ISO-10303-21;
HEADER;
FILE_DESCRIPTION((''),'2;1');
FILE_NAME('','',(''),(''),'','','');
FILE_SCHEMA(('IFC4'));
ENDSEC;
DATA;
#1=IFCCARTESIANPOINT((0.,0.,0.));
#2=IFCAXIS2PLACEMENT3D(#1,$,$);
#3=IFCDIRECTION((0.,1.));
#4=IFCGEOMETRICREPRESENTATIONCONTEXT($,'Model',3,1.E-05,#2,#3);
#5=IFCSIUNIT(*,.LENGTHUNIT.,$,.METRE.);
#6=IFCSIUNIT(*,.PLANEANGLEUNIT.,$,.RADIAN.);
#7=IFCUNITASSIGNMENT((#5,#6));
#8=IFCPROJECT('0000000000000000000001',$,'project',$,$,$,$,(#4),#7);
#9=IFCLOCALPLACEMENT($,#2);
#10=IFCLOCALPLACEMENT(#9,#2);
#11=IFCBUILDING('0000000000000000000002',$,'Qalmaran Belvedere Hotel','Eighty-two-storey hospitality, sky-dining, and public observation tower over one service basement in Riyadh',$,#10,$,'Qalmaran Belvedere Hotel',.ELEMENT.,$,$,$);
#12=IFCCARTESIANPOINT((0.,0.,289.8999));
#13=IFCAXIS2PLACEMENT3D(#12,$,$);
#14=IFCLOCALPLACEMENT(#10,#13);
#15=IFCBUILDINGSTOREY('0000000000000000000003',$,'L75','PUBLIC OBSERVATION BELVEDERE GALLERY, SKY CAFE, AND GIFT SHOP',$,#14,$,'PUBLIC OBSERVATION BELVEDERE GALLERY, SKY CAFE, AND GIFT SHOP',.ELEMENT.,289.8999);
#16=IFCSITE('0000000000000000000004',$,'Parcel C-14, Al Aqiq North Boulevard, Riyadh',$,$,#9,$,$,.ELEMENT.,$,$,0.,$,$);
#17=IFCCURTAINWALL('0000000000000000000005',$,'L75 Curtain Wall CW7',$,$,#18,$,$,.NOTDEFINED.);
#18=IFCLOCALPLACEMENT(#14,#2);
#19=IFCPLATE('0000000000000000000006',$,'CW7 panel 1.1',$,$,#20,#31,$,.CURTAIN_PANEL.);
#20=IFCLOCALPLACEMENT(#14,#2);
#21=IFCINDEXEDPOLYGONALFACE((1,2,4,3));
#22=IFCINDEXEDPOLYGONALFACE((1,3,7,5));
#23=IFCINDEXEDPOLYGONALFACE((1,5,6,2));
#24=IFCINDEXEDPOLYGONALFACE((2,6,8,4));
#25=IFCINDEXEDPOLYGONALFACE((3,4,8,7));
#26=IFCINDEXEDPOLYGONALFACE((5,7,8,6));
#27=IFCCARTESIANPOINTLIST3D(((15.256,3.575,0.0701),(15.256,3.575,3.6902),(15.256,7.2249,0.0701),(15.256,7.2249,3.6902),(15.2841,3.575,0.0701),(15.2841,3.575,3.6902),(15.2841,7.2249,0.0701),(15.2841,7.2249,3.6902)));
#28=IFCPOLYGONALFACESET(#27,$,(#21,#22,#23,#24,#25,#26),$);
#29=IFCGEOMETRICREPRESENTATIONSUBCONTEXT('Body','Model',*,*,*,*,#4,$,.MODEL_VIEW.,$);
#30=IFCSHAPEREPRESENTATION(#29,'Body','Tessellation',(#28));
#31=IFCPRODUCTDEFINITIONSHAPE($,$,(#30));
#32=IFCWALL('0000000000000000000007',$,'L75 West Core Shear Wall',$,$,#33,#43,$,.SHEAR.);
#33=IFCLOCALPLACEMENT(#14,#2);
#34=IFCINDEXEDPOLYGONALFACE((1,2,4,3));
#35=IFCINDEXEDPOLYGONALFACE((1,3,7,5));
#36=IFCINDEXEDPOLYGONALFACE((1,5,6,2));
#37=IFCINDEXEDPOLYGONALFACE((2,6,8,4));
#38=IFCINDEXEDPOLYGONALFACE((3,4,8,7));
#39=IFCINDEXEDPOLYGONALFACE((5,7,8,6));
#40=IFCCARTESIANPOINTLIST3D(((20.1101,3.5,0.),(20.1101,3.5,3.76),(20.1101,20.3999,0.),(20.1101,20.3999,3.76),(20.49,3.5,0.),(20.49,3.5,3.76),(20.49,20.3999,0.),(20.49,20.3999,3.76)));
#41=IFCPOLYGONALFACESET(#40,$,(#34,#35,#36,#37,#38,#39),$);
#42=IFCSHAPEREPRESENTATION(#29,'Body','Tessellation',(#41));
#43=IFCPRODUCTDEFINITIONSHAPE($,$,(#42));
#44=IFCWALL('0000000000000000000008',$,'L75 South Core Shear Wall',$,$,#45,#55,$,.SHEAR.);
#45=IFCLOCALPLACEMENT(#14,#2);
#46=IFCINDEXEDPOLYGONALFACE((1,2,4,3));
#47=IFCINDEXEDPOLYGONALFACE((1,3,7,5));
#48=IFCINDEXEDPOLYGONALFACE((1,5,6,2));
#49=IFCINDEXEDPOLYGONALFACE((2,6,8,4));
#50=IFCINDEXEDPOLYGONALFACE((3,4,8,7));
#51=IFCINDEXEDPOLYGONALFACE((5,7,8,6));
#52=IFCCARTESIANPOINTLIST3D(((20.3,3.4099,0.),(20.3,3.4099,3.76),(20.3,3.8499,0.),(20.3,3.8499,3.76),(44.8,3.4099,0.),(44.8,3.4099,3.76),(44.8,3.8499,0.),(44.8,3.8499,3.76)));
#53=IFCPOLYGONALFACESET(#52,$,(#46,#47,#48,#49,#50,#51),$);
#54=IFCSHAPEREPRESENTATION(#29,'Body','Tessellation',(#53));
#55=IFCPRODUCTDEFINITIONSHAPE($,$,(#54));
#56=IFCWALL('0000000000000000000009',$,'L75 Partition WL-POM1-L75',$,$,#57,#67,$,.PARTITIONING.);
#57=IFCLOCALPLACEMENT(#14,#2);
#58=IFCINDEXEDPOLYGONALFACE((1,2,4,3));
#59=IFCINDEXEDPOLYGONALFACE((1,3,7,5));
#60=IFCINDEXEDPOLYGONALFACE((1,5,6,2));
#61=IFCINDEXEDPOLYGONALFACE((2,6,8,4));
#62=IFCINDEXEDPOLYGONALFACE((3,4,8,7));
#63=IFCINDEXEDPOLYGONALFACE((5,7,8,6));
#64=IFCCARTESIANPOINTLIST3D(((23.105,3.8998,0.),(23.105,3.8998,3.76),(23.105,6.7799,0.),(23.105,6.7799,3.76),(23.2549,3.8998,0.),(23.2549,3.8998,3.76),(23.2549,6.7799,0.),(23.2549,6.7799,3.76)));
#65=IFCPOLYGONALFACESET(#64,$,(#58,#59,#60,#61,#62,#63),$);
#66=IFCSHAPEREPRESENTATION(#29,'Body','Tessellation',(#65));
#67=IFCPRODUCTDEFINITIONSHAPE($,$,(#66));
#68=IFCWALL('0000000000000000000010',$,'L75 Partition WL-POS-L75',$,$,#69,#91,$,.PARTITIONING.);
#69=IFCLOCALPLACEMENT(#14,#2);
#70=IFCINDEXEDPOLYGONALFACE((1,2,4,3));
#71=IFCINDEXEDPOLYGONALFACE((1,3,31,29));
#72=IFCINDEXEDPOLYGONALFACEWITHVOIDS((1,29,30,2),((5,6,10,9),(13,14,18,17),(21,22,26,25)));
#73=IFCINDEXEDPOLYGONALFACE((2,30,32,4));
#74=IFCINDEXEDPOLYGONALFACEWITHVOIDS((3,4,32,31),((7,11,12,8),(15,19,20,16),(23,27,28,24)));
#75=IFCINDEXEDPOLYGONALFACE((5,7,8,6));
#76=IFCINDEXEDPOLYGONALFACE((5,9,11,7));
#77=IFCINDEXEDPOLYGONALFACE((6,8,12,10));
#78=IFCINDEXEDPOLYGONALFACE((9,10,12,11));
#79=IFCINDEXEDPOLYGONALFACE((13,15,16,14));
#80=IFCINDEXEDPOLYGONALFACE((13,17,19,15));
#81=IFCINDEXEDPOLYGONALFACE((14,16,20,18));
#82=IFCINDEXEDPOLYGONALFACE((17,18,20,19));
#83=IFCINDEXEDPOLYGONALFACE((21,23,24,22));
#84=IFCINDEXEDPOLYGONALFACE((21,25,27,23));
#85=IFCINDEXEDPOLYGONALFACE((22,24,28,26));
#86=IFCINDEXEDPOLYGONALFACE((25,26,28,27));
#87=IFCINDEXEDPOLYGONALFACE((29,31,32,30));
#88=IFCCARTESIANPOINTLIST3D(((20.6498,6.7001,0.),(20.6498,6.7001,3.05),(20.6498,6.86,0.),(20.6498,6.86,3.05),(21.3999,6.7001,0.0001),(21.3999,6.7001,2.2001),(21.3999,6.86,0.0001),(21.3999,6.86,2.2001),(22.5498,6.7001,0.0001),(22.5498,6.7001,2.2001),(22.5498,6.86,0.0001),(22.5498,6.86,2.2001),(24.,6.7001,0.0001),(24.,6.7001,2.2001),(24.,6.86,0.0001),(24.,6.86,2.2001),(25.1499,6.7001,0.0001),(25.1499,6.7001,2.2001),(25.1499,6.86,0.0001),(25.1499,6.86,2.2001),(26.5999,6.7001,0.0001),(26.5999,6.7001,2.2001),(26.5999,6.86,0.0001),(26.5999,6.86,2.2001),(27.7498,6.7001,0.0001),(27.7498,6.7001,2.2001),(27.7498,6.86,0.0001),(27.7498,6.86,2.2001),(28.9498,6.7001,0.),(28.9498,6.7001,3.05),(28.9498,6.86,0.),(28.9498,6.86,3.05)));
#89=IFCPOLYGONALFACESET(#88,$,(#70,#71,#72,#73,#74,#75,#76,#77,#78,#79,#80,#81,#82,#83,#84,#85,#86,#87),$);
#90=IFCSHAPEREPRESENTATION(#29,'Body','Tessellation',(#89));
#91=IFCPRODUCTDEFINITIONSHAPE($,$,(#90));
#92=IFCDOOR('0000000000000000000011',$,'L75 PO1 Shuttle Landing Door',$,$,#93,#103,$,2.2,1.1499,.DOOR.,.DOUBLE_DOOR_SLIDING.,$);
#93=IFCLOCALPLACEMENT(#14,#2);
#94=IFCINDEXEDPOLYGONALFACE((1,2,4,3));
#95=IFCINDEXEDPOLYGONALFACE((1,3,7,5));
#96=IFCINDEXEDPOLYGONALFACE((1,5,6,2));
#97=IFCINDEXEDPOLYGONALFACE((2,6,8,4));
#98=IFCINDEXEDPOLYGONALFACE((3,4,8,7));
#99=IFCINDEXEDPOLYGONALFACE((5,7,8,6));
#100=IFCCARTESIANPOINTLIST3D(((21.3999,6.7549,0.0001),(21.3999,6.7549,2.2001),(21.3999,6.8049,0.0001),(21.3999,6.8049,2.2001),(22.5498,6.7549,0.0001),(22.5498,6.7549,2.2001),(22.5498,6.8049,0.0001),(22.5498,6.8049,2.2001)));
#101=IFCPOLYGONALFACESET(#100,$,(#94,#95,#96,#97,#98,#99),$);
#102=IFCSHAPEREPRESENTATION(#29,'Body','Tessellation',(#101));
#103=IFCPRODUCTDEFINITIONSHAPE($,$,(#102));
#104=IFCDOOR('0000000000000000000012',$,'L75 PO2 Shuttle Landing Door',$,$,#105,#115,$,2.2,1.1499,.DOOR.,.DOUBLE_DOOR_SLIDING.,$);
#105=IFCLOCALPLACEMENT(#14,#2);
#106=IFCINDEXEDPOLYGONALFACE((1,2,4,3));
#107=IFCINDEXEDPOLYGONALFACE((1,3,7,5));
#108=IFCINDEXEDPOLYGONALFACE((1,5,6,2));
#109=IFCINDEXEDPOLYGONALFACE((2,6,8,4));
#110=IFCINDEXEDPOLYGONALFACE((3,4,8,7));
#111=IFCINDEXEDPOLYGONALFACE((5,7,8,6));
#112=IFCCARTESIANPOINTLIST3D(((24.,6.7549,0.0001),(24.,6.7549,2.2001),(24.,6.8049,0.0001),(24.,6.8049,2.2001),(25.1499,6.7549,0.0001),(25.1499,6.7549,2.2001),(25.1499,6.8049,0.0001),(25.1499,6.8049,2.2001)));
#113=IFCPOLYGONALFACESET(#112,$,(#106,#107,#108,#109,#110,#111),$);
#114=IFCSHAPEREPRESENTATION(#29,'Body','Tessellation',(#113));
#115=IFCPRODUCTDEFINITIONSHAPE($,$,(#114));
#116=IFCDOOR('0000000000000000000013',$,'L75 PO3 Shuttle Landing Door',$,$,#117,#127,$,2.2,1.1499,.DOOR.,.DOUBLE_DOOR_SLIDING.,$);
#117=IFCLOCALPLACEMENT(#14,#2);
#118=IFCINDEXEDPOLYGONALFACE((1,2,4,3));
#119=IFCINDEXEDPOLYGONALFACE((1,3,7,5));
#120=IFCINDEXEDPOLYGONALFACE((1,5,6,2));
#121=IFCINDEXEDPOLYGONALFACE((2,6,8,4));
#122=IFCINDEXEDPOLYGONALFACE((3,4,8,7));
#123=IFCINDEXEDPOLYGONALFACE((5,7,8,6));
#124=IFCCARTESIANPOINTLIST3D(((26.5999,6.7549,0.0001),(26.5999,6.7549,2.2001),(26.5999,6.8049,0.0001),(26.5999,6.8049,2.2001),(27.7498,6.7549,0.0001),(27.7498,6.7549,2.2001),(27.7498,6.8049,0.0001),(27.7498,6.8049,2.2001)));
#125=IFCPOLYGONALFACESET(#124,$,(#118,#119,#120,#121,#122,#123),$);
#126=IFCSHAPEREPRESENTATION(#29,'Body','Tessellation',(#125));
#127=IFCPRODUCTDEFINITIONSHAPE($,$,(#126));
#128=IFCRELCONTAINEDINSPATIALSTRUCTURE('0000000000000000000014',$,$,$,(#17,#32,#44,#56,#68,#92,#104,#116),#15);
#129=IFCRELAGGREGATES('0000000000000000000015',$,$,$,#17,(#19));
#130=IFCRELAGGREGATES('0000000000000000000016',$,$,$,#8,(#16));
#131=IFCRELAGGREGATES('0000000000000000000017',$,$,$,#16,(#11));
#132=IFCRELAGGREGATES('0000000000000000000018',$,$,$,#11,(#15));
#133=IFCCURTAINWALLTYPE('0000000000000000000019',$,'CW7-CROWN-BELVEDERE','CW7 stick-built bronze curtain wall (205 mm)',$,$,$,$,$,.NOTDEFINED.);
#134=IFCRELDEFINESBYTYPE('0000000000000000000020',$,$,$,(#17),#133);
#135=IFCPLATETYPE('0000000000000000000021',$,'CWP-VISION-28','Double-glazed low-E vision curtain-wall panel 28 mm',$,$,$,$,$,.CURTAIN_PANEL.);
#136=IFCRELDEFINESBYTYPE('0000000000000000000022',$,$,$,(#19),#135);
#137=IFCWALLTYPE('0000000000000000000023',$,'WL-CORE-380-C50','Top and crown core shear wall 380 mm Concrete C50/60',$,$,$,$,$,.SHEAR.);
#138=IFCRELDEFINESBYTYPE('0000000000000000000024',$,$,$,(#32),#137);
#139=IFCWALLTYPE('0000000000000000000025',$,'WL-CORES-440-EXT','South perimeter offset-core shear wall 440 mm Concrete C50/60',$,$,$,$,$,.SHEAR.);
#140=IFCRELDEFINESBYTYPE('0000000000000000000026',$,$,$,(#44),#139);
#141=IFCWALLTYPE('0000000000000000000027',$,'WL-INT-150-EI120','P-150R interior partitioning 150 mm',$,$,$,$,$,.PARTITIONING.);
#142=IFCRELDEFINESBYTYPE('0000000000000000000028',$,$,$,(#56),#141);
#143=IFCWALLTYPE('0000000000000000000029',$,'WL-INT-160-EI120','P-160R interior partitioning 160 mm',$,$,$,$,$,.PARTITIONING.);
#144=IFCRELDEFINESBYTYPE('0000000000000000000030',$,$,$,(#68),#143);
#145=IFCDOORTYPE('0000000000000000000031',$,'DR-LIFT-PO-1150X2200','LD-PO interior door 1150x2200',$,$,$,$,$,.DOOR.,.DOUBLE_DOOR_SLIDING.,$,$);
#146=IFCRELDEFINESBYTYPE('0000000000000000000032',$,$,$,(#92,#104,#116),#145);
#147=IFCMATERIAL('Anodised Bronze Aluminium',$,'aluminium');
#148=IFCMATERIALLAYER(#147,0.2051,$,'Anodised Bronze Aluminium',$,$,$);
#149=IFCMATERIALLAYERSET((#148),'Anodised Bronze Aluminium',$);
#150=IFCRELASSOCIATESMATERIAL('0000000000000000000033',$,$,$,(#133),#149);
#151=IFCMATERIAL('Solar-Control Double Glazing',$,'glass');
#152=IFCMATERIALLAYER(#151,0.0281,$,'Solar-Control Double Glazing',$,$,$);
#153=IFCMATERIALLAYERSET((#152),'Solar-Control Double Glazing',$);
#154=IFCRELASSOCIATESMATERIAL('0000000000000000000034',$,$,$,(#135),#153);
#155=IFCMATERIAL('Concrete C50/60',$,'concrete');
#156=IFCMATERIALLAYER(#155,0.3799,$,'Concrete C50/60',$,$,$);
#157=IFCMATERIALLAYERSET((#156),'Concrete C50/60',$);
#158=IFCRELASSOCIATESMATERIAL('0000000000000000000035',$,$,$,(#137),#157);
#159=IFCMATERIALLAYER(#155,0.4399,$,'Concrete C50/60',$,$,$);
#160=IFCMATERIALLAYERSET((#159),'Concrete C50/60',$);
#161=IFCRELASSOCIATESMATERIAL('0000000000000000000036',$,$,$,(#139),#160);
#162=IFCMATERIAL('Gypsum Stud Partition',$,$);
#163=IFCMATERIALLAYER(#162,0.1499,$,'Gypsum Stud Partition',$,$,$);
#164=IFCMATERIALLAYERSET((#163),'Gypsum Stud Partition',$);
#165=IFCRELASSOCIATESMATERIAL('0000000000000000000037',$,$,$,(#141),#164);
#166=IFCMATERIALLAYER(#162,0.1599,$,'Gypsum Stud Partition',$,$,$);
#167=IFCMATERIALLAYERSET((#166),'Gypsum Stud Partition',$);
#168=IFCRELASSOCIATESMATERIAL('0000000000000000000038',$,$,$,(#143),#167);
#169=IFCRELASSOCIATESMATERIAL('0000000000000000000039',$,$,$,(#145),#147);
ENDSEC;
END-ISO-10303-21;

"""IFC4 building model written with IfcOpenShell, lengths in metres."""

from ifc_helpers import new_model, si_unit, direction, frame, frame_2d, origin, origin_2d, place, context, subcontext, project, spatial, rectangle, extrude, material, layer, layer_set, type_object, element, fill, aggregate, save


model = new_model("IFC4")

# Units and contexts
model_context = context("Model", 3, precision=1e-05, world=origin(), true_north=direction((0.0, 1.0)))
body_context = subcontext(model_context, "Body", "Model", "MODEL_VIEW")
ifc_project = project(units=[si_unit("LENGTHUNIT", "METRE"), si_unit("PLANEANGLEUNIT", "RADIAN")], contexts=[model_context])

# Site, building, storey
site_placement = place(None, origin())
site = spatial("IfcSite", under=ifc_project, at=site_placement, Name="Parcel C-14, Al Aqiq North Boulevard, Riyadh", CompositionType="ELEMENT", RefElevation=0.0)
building_placement = place(site_placement, origin())
building = spatial("IfcBuilding", under=site, at=building_placement, Name="Qalmaran Belvedere Hotel", Description="Eighty-two-storey hospitality, sky-dining, and public observation tower over one service basement in Riyadh", LongName="Qalmaran Belvedere Hotel", CompositionType="ELEMENT")
storey_placement = place(building_placement, frame((0.0, 0.0, 289.8999)))
storey = spatial("IfcBuildingStorey", under=building, at=storey_placement, Name="L75", Description="PUBLIC OBSERVATION BELVEDERE GALLERY, SKY CAFE, AND GIFT SHOP", LongName="PUBLIC OBSERVATION BELVEDERE GALLERY, SKY CAFE, AND GIFT SHOP", CompositionType="ELEMENT", Elevation=289.8999)

# Shared definitions
ifc_material_1 = material(Name="Concrete C50/60", Category="concrete")

# Curtain wall
ifc_material_2 = material(Name="Anodised Bronze Aluminium", Category="aluminium")
ifc_layer_1 = layer(ifc_material_2, 0.2051, Name="Anodised Bronze Aluminium")
ifc_layer_set_1 = layer_set([ifc_layer_1], Name="Anodised Bronze Aluminium")
curtain_wall_type = type_object("IfcCurtainWallType", Name="CW7-CROWN-BELVEDERE", Description="CW7 stick-built bronze curtain wall (205 mm)", PredefinedType="NOTDEFINED", material=ifc_layer_set_1)
curtain_wall_1_placement = place(storey_placement, origin())
curtain_wall_1 = element("IfcCurtainWall", 1, at=curtain_wall_1_placement, inside=storey, type_object=curtain_wall_type, Name="L75 Curtain Wall CW7", PredefinedType="NOTDEFINED")

# Plate
ifc_material_3 = material(Name="Solar-Control Double Glazing", Category="glass")
ifc_layer_2 = layer(ifc_material_3, 0.0281, Name="Solar-Control Double Glazing")
ifc_layer_set_2 = layer_set([ifc_layer_2], Name="Solar-Control Double Glazing")
plate_type_1 = type_object("IfcPlateType", Name="CWP-VISION-28", Description="Double-glazed low-E vision curtain-wall panel 28 mm", PredefinedType="CURTAIN_PANEL", material=ifc_layer_set_2)
plate_1_placement = place(storey_placement, frame((15.27, 5.3999, 0.0701), z_axis=(0.0, 0.0, 1.0), x_axis=(0.0, -1.0, 0.0)))
plate_1 = element("IfcPlate", 2, at=plate_1_placement, type_object=plate_type_1, Name="CW7 panel 1.1", PredefinedType="CURTAIN_PANEL", context=body_context, shape_type="SweptSolid", body=[
    extrude(rectangle(XDim=3.6499, YDim=0.0281, at=origin_2d()), origin(), (0.0, 0.0, 1.0), 3.6201),
])
aggregate(curtain_wall_1, [plate_1])

# Walls
ifc_layer_3 = layer(ifc_material_1, 0.3799, Name="Concrete C50/60")
ifc_layer_set_3 = layer_set([ifc_layer_3], Name="Concrete C50/60")
wall_type_1 = type_object("IfcWallType", Name="WL-CORE-380-C50", Description="Top and crown core shear wall 380 mm Concrete C50/60", PredefinedType="SHEAR", material=ifc_layer_set_3)
wall_1_placement = place(storey_placement, frame((20.3, 3.5, 0.0), z_axis=(0.0, 0.0, 1.0), x_axis=(0.0, 1.0, 0.0)))
element("IfcWall", 3, at=wall_1_placement, inside=storey, type_object=wall_type_1, Name="L75 West Core Shear Wall", PredefinedType="SHEAR", context=body_context, shape_type="SweptSolid", body=[
    extrude(rectangle(XDim=16.8999, YDim=0.3799, at=frame_2d((8.45, 0.0))), origin(), (0.0, 0.0, 1.0), 3.76),
])
ifc_layer_4 = layer(ifc_material_1, 0.4399, Name="Concrete C50/60")
ifc_layer_set_4 = layer_set([ifc_layer_4], Name="Concrete C50/60")
wall_type_2 = type_object("IfcWallType", Name="WL-CORES-440-EXT", Description="South perimeter offset-core shear wall 440 mm Concrete C50/60", PredefinedType="SHEAR", material=ifc_layer_set_4)
wall_2_placement = place(storey_placement, frame((20.3, 3.6299, 0.0), z_axis=(0.0, 0.0, 1.0), x_axis=(1.0, 0.0, 0.0)))
element("IfcWall", 4, at=wall_2_placement, inside=storey, type_object=wall_type_2, Name="L75 South Core Shear Wall", PredefinedType="SHEAR", context=body_context, shape_type="SweptSolid", body=[
    extrude(rectangle(XDim=24.5, YDim=0.4399, at=frame_2d((12.25, 0.0))), origin(), (0.0, 0.0, 1.0), 3.76),
])
ifc_material_4 = material(Name="Gypsum Stud Partition")
ifc_layer_5 = layer(ifc_material_4, 0.1499, Name="Gypsum Stud Partition")
ifc_layer_set_5 = layer_set([ifc_layer_5], Name="Gypsum Stud Partition")
wall_type_3 = type_object("IfcWallType", Name="WL-INT-150-EI120", Description="P-150R interior partitioning 150 mm", PredefinedType="PARTITIONING", material=ifc_layer_set_5)
wall_3_placement = place(storey_placement, frame((23.1799, 3.8999, 0.0), z_axis=(0.0, 0.0, 1.0), x_axis=(0.0, 1.0, 0.0)))
element("IfcWall", 5, at=wall_3_placement, inside=storey, type_object=wall_type_3, Name="L75 Partition WL-POM1-L75", PredefinedType="PARTITIONING", context=body_context, shape_type="SweptSolid", body=[
    extrude(rectangle(XDim=2.8801, YDim=0.1499, at=frame_2d((1.4399, 0.0))), origin(), (0.0, 0.0, 1.0), 3.76),
])

# Wall, openings, doors
ifc_layer_6 = layer(ifc_material_4, 0.1599, Name="Gypsum Stud Partition")
ifc_layer_set_6 = layer_set([ifc_layer_6], Name="Gypsum Stud Partition")
wall_type_4 = type_object("IfcWallType", Name="WL-INT-160-EI120", Description="P-160R interior partitioning 160 mm", PredefinedType="PARTITIONING", material=ifc_layer_set_6)
wall_4_placement = place(storey_placement, frame((20.6499, 6.78, 0.0), z_axis=(0.0, 0.0, 1.0), x_axis=(1.0, 0.0, 0.0)))
wall_4 = element("IfcWall", 6, at=wall_4_placement, inside=storey, type_object=wall_type_4, Name="L75 Partition WL-POS-L75", PredefinedType="PARTITIONING", context=body_context, shape_type="SweptSolid", body=[
    extrude(rectangle(XDim=8.3, YDim=0.1599, at=frame_2d((4.1499, 0.0))), origin(), (0.0, 0.0, 1.0), 3.05),
])
opening_1_placement = place(wall_4_placement, frame((0.75, 0.0, 0.0)))
opening_1 = element("IfcOpeningElement", 7, at=opening_1_placement, cuts=wall_4, PredefinedType="OPENING", context=body_context, shape_type="SweptSolid", body=[
    extrude(rectangle(XDim=1.1499, YDim=2.2, at=frame_2d((0.575, 1.1001))), frame((0.0, 0.0898, 0.0), z_axis=(0.0, -1.0, 0.0), x_axis=(1.0, 0.0, 0.0)), (0.0, 0.0, 1.0), 0.1799),
])
opening_2_placement = place(wall_4_placement, frame((3.3501, 0.0, 0.0)))
opening_2 = element("IfcOpeningElement", 8, at=opening_2_placement, cuts=wall_4, PredefinedType="OPENING", context=body_context, shape_type="SweptSolid", body=[
    extrude(rectangle(XDim=1.1499, YDim=2.2, at=frame_2d((0.575, 1.1001))), frame((0.0, 0.0898, 0.0), z_axis=(0.0, -1.0, 0.0), x_axis=(1.0, 0.0, 0.0)), (0.0, 0.0, 1.0), 0.1799),
])
opening_3_placement = place(wall_4_placement, frame((5.95, 0.0, 0.0)))
opening_3 = element("IfcOpeningElement", 9, at=opening_3_placement, cuts=wall_4, PredefinedType="OPENING", context=body_context, shape_type="SweptSolid", body=[
    extrude(rectangle(XDim=1.1499, YDim=2.2, at=frame_2d((0.575, 1.1001))), frame((0.0, 0.0898, 0.0), z_axis=(0.0, -1.0, 0.0), x_axis=(1.0, 0.0, 0.0)), (0.0, 0.0, 1.0), 0.1799),
])
door_type = type_object("IfcDoorType", Name="DR-LIFT-PO-1150X2200", Description="LD-PO interior door 1150x2200", OperationType="DOUBLE_DOOR_SLIDING", PredefinedType="DOOR", material=ifc_material_2)
door_1_placement = place(opening_1_placement, origin())
door_1 = element("IfcDoor", 10, at=door_1_placement, inside=storey, type_object=door_type, Name="L75 PO1 Shuttle Landing Door", OperationType="DOUBLE_DOOR_SLIDING", OverallHeight=2.2, OverallWidth=1.1499, PredefinedType="DOOR", context=body_context, shape_type="SweptSolid", body=[
    extrude(rectangle(XDim=1.1499, YDim=2.2, at=frame_2d((0.575, 1.1001))), frame((0.0, 0.0249, 0.0), z_axis=(0.0, -1.0, 0.0), x_axis=(1.0, 0.0, 0.0)), (0.0, 0.0, 1.0), 0.05),
])
fill(opening_1, door_1)
door_2_placement = place(opening_2_placement, origin())
door_2 = element("IfcDoor", 11, at=door_2_placement, inside=storey, type_object=door_type, Name="L75 PO2 Shuttle Landing Door", OperationType="DOUBLE_DOOR_SLIDING", OverallHeight=2.2, OverallWidth=1.1499, PredefinedType="DOOR", context=body_context, shape_type="SweptSolid", body=[
    extrude(rectangle(XDim=1.1499, YDim=2.2, at=frame_2d((0.575, 1.1001))), frame((0.0, 0.0249, 0.0), z_axis=(0.0, -1.0, 0.0), x_axis=(1.0, 0.0, 0.0)), (0.0, 0.0, 1.0), 0.05),
])
fill(opening_2, door_2)
door_3_placement = place(opening_3_placement, origin())
door_3 = element("IfcDoor", 12, at=door_3_placement, inside=storey, type_object=door_type, Name="L75 PO3 Shuttle Landing Door", OperationType="DOUBLE_DOOR_SLIDING", OverallHeight=2.2, OverallWidth=1.1499, PredefinedType="DOOR", context=body_context, shape_type="SweptSolid", body=[
    extrude(rectangle(XDim=1.1499, YDim=2.2, at=frame_2d((0.575, 1.1001))), frame((0.0, 0.0249, 0.0), z_axis=(0.0, -1.0, 0.0), x_axis=(1.0, 0.0, 0.0)), (0.0, 0.0, 1.0), 0.05),
])
fill(opening_3, door_3)

save(model, "model.ifc")
